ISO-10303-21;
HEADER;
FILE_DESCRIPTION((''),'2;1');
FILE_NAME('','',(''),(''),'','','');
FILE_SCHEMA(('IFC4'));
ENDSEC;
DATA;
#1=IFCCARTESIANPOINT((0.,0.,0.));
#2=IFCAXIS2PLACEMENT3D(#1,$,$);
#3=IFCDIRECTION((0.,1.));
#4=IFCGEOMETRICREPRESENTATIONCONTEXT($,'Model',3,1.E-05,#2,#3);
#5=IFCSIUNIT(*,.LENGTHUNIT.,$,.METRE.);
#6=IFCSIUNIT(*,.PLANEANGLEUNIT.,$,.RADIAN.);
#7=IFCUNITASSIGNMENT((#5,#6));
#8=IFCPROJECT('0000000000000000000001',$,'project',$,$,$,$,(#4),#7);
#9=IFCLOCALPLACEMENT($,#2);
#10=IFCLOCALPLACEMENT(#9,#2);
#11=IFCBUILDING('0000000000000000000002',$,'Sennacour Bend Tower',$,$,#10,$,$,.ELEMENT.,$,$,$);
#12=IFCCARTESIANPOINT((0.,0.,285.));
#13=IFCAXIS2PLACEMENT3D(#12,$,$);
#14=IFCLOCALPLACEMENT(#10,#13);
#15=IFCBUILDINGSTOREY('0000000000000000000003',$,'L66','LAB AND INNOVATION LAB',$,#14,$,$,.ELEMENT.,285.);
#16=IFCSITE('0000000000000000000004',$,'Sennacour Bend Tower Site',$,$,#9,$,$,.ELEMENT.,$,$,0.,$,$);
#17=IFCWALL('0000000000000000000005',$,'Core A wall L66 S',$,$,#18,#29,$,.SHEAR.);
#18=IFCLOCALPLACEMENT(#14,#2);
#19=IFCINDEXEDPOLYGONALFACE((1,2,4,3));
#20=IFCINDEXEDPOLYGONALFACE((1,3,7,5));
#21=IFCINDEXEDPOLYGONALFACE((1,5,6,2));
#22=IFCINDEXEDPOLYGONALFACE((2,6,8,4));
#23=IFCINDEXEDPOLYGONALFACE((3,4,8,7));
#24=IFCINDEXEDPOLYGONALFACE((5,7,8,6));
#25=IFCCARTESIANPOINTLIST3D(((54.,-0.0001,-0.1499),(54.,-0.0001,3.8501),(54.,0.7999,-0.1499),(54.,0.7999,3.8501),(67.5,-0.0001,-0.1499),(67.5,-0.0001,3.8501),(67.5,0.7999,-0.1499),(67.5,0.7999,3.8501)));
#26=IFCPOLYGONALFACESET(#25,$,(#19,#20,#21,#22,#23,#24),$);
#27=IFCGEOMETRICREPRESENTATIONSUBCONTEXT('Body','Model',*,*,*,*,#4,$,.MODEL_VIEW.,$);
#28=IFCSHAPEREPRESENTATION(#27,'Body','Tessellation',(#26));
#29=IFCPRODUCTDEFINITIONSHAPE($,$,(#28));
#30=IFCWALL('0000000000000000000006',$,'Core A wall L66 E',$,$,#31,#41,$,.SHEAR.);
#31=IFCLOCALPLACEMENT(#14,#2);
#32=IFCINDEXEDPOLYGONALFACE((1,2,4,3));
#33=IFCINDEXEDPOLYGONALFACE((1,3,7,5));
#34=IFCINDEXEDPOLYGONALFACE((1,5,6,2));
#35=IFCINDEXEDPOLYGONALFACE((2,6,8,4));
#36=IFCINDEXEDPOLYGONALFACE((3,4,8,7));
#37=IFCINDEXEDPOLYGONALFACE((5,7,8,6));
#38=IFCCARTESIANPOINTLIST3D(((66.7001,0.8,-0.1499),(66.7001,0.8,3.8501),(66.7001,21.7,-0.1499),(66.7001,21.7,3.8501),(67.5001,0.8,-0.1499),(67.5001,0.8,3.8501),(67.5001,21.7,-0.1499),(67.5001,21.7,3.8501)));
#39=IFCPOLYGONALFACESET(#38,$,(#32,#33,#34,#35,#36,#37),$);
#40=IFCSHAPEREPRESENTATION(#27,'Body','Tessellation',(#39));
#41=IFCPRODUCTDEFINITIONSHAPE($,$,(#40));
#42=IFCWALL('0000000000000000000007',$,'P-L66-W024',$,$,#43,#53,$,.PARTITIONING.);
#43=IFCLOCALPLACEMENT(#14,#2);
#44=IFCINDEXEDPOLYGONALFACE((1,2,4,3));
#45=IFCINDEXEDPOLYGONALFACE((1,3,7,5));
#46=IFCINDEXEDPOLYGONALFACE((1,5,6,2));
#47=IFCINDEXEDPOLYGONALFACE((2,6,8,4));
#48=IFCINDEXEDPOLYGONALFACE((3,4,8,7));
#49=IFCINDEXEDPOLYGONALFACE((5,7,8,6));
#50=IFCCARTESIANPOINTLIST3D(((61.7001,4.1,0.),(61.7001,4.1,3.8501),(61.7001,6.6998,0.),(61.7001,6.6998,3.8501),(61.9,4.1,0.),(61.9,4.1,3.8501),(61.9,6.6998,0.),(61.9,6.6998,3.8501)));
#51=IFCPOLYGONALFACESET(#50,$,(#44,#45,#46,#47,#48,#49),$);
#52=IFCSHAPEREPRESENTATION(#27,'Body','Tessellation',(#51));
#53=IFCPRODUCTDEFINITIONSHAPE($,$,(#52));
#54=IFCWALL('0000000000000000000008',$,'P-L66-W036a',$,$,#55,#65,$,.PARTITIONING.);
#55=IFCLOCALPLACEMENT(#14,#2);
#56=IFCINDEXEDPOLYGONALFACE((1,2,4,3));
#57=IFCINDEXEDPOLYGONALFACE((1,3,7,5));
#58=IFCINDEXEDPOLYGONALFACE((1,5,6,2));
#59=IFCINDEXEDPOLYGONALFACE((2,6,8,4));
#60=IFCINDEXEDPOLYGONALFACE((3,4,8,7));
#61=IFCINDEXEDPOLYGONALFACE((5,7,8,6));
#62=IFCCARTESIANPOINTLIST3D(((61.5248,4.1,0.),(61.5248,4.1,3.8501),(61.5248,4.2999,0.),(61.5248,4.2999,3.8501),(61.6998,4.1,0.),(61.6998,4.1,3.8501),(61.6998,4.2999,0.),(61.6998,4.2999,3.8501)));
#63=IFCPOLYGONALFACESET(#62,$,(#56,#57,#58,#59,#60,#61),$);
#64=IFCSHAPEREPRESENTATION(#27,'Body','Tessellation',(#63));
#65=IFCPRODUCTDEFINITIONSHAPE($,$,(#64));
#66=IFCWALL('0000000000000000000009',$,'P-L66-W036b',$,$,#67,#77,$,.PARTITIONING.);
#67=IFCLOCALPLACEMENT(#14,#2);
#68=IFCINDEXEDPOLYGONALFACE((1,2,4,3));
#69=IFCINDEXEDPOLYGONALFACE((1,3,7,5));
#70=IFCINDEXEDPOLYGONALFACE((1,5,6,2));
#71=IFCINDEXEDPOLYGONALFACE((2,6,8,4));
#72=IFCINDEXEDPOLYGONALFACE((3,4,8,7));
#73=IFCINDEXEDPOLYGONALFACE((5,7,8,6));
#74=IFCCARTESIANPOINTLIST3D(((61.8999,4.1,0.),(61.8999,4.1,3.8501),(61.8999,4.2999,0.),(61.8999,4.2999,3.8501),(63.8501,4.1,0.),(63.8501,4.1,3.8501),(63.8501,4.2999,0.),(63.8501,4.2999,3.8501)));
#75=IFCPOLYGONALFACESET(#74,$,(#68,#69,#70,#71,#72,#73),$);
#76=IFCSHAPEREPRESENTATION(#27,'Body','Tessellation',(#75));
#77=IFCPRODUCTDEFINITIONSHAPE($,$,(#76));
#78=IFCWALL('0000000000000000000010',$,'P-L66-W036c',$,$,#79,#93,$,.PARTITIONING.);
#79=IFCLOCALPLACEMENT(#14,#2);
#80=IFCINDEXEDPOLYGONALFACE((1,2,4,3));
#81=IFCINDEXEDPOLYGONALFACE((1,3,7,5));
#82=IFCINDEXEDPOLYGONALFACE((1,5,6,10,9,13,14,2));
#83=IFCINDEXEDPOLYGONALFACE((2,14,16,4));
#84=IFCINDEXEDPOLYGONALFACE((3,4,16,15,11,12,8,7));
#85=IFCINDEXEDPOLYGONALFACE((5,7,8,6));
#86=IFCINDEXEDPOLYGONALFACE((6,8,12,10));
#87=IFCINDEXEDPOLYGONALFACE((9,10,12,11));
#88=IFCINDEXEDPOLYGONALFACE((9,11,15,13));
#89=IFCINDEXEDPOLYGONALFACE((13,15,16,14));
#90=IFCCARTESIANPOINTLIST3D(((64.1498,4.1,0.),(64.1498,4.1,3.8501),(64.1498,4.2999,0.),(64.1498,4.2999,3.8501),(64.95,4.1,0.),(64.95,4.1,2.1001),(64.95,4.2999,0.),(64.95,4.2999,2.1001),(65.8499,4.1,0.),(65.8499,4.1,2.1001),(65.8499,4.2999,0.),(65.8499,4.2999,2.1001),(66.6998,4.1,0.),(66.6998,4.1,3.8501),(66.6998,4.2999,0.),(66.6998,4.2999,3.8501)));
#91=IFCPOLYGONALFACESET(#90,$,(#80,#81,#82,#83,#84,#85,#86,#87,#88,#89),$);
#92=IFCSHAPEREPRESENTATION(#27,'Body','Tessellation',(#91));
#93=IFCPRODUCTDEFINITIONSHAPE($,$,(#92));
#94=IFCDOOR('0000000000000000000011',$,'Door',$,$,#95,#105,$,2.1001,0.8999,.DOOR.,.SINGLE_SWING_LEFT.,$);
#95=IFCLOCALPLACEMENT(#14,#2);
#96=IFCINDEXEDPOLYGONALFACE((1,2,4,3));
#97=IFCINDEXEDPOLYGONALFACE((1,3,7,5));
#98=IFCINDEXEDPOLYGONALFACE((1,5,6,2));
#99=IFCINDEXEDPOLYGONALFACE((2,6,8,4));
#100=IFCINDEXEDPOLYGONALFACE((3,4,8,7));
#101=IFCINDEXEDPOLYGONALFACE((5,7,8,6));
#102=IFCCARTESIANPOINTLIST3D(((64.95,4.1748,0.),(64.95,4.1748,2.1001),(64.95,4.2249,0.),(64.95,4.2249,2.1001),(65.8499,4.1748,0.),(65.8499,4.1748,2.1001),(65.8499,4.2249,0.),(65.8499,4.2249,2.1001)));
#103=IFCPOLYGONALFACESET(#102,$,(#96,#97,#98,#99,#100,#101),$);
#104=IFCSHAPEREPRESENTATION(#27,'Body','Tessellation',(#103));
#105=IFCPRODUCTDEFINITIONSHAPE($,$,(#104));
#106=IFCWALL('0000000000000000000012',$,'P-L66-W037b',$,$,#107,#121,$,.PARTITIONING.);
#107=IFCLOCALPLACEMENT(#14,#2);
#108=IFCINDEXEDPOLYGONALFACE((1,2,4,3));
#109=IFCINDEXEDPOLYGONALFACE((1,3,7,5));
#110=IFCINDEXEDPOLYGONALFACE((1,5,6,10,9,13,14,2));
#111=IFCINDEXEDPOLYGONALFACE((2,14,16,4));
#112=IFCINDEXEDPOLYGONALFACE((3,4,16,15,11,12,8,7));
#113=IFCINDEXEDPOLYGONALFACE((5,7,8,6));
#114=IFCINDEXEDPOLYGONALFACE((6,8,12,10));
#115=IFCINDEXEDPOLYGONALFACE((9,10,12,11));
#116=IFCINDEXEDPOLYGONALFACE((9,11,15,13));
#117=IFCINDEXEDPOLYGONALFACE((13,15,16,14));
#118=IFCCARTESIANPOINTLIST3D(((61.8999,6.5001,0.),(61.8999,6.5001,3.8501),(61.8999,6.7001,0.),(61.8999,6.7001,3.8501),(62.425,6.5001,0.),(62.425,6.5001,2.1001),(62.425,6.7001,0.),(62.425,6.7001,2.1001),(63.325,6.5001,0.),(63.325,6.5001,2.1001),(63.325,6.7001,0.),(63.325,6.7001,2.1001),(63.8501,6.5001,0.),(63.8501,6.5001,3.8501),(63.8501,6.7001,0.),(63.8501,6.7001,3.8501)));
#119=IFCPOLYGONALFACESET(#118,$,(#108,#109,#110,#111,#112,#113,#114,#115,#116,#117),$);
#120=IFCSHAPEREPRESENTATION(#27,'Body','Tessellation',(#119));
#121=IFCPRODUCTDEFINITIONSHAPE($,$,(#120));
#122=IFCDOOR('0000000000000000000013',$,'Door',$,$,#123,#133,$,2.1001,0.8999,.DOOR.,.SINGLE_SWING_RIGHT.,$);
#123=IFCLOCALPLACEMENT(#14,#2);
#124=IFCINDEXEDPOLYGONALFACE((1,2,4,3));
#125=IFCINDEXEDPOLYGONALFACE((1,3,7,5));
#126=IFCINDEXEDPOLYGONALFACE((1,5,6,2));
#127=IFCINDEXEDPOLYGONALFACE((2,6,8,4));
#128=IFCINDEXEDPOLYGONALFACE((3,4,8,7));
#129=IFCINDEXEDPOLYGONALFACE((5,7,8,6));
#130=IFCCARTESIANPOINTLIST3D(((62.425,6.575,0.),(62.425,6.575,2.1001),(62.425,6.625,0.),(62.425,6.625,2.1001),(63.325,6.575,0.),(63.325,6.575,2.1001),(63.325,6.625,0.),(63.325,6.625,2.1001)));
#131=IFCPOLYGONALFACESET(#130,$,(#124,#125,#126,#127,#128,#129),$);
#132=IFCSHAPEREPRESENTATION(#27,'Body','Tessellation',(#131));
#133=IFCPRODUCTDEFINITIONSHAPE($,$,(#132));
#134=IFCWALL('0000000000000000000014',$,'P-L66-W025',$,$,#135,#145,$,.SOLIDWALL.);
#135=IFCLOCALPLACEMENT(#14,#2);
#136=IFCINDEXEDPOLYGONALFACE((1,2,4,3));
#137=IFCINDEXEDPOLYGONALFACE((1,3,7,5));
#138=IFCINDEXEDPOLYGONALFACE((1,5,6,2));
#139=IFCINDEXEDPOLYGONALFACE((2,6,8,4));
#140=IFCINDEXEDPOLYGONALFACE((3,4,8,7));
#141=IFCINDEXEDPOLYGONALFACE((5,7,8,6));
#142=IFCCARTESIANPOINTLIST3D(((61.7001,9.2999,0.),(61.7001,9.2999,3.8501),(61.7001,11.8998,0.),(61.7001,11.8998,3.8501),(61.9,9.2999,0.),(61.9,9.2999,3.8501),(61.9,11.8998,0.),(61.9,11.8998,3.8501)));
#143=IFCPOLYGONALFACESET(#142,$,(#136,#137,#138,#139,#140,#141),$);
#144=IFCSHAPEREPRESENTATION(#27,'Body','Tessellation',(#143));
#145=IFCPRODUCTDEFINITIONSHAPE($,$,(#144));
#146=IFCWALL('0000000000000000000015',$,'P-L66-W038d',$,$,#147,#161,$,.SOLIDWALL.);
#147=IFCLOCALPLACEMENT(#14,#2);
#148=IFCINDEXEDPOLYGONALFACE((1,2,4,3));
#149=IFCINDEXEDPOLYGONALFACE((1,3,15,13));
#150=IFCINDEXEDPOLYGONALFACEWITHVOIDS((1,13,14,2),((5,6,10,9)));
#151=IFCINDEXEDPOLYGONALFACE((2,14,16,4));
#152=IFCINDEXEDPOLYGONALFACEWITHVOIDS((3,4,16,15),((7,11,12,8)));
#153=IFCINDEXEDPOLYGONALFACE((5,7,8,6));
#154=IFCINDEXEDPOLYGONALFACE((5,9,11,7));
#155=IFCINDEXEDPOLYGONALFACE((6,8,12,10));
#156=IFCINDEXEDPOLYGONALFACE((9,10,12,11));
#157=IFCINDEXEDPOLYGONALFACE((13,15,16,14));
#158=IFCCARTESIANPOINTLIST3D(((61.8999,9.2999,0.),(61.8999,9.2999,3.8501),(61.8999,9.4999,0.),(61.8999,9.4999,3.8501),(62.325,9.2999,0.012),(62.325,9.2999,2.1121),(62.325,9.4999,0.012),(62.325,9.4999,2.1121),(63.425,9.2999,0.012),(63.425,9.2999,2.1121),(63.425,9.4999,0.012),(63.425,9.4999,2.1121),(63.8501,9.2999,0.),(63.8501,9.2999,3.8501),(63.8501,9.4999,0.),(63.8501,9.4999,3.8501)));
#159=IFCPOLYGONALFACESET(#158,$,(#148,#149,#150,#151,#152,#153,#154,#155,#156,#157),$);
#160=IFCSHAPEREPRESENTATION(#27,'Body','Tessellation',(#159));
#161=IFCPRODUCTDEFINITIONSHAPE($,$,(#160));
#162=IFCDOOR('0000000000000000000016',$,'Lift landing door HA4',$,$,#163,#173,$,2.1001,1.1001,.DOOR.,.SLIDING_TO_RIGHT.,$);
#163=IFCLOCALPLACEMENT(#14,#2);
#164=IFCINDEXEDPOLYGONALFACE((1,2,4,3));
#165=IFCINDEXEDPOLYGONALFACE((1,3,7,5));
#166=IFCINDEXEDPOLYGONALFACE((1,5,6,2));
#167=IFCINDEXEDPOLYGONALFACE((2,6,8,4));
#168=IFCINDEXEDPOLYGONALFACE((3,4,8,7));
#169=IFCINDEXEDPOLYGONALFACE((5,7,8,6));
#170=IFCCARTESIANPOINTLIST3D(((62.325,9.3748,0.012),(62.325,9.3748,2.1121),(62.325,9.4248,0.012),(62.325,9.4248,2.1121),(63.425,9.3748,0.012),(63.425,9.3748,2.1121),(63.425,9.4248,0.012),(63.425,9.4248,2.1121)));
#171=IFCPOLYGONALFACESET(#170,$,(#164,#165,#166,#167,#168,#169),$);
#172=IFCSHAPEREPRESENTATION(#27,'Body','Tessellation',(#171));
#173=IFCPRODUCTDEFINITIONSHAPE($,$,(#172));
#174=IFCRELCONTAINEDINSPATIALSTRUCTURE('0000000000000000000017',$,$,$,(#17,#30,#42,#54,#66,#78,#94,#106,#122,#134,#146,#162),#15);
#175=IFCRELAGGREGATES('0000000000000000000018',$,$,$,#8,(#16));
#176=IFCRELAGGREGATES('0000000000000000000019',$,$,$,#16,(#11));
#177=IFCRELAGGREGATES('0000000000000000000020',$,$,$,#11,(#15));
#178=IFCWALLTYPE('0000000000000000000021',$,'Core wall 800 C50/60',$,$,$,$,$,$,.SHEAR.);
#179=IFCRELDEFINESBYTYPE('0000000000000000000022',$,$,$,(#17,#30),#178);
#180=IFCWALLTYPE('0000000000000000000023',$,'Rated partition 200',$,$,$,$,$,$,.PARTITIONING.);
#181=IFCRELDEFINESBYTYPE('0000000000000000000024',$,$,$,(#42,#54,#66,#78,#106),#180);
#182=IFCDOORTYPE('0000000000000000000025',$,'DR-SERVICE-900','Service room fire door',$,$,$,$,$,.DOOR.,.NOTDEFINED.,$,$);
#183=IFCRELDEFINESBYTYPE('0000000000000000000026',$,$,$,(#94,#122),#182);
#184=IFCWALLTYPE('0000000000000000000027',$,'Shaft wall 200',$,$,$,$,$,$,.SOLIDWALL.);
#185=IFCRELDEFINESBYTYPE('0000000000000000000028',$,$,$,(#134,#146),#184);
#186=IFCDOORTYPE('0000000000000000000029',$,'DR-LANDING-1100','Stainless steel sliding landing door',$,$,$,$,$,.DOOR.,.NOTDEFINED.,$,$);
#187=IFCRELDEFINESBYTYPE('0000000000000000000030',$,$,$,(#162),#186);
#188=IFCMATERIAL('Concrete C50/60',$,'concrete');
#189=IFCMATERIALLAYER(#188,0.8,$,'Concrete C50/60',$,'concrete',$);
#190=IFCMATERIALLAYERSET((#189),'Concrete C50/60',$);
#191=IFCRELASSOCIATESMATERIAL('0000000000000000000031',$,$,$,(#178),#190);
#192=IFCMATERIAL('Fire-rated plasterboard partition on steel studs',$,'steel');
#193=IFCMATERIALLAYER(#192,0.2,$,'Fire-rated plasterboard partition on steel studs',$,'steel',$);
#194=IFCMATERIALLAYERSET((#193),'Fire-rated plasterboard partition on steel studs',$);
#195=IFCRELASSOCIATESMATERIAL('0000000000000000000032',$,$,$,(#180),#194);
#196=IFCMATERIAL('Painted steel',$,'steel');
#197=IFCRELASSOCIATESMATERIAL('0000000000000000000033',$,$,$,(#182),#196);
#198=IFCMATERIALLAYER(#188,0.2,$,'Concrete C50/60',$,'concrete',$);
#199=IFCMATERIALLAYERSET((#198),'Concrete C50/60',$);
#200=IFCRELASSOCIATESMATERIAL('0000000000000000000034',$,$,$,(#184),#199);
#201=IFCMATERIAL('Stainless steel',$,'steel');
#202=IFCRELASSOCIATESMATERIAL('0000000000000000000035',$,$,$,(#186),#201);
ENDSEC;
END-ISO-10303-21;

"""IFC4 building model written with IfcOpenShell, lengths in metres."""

from ifc_helpers import new_model, si_unit, direction, frame, frame_2d, origin, place, context, subcontext, project, spatial, rectangle, extrude, material, layer, layer_set, type_object, element, fill, save


model = new_model("IFC4")

# Units and contexts
model_context = context("Model", 3, precision=1e-05, world=origin(), true_north=direction((0.0, 1.0)))
body_context = subcontext(model_context, "Body", "Model", "MODEL_VIEW")
ifc_project = project(units=[si_unit("LENGTHUNIT", "METRE"), si_unit("PLANEANGLEUNIT", "RADIAN")], contexts=[model_context])

# Site, building, storey
site_placement = place(None, origin())
site = spatial("IfcSite", under=ifc_project, at=site_placement, Name="Sennacour Bend Tower Site", CompositionType="ELEMENT", RefElevation=0.0)
building_placement = place(site_placement, origin())
building = spatial("IfcBuilding", under=site, at=building_placement, Name="Sennacour Bend Tower", CompositionType="ELEMENT")
storey_placement = place(building_placement, frame((0.0, 0.0, 285.0)))
storey = spatial("IfcBuildingStorey", under=building, at=storey_placement, Name="L66", Description="LAB AND INNOVATION LAB", CompositionType="ELEMENT", Elevation=285.0)

# Walls
ifc_material_1 = material(Name="Concrete C50/60", Category="concrete")
ifc_layer_1 = layer(ifc_material_1, 0.8, Name="Concrete C50/60", Category="concrete")
ifc_layer_set_1 = layer_set([ifc_layer_1], Name="Concrete C50/60")
wall_type_1 = type_object("IfcWallType", Name="Core wall 800 C50/60", PredefinedType="SHEAR", material=ifc_layer_set_1)
wall_1_placement = place(storey_placement, frame((67.5, 0.3999, -0.1499), z_axis=(0.0, 0.0, 1.0), x_axis=(-1.0, 0.0, 0.0)))
element("IfcWall", 1, at=wall_1_placement, inside=storey, type_object=wall_type_1, Name="Core A wall L66 S", PredefinedType="SHEAR", context=body_context, shape_type="SweptSolid", body=[
    extrude(rectangle(XDim=13.5, YDim=0.8, at=frame_2d((6.75, 0.0))), origin(), (0.0, 0.0, 1.0), 4.0),
])
wall_2_placement = place(storey_placement, frame((67.1001, 0.8, -0.1499), z_axis=(0.0, 0.0, 1.0), x_axis=(0.0, 1.0, 0.0)))
element("IfcWall", 2, at=wall_2_placement, inside=storey, type_object=wall_type_1, Name="Core A wall L66 E", PredefinedType="SHEAR", context=body_context, shape_type="SweptSolid", body=[
    extrude(rectangle(XDim=20.8999, YDim=0.8, at=frame_2d((10.45, 0.0))), origin(), (0.0, 0.0, 1.0), 4.0),
])
ifc_material_2 = material(Name="Fire-rated plasterboard partition on steel studs", Category="steel")
ifc_layer_2 = layer(ifc_material_2, 0.2, Name="Fire-rated plasterboard partition on steel studs", Category="steel")
ifc_layer_set_2 = layer_set([ifc_layer_2], Name="Fire-rated plasterboard partition on steel studs")
wall_type_2 = type_object("IfcWallType", Name="Rated partition 200", PredefinedType="PARTITIONING", material=ifc_layer_set_2)
wall_3_placement = place(storey_placement, frame((61.8, 4.1001, 0.0), z_axis=(0.0, 0.0, 1.0), x_axis=(0.0, 1.0, 0.0)))
element("IfcWall", 3, at=wall_3_placement, inside=storey, type_object=wall_type_2, Name="P-L66-W024", PredefinedType="PARTITIONING", context=body_context, shape_type="SweptSolid", body=[
    extrude(rectangle(XDim=2.5999, YDim=0.2, at=frame_2d((1.2998, 0.0))), origin(), (0.0, 0.0, 1.0), 3.8501),
])
wall_4_placement = place(storey_placement, frame((61.5249, 4.2, 0.0), z_axis=(0.0, 0.0, 1.0), x_axis=(1.0, 0.0, 0.0)))
element("IfcWall", 4, at=wall_4_placement, inside=storey, type_object=wall_type_2, Name="P-L66-W036a", PredefinedType="PARTITIONING", context=body_context, shape_type="SweptSolid", body=[
    extrude(rectangle(XDim=0.175, YDim=0.2, at=frame_2d((0.0874, 0.0))), origin(), (0.0, 0.0, 1.0), 3.8501),
])
wall_5_placement = place(storey_placement, frame((61.8999, 4.2, 0.0), z_axis=(0.0, 0.0, 1.0), x_axis=(1.0, 0.0, 0.0)))
element("IfcWall", 5, at=wall_5_placement, inside=storey, type_object=wall_type_2, Name="P-L66-W036b", PredefinedType="PARTITIONING", context=body_context, shape_type="SweptSolid", body=[
    extrude(rectangle(XDim=1.9502, YDim=0.2, at=frame_2d((0.9751, 0.0))), origin(), (0.0, 0.0, 1.0), 3.8501),
])

# Walls, openings, doors
wall_6_placement = place(storey_placement, frame((64.1499, 4.2, 0.0), z_axis=(0.0, 0.0, 1.0), x_axis=(1.0, 0.0, 0.0)))
wall_6 = element("IfcWall", 6, at=wall_6_placement, inside=storey, type_object=wall_type_2, Name="P-L66-W036c", PredefinedType="PARTITIONING", context=body_context, shape_type="SweptSolid", body=[
    extrude(rectangle(XDim=2.55, YDim=0.2, at=frame_2d((1.2749, 0.0))), origin(), (0.0, 0.0, 1.0), 3.8501),
])
opening_1_placement = place(wall_6_placement, frame((0.8, 0.0, 0.0)))
opening_1 = element("IfcOpeningElement", 7, at=opening_1_placement, cuts=wall_6, PredefinedType="OPENING", context=body_context, shape_type="SweptSolid", body=[
    extrude(rectangle(XDim=0.8999, YDim=2.1001, at=frame_2d((0.45, 1.05))), frame((0.0, 0.1099, 0.0), z_axis=(0.0, -1.0, 0.0), x_axis=(1.0, 0.0, 0.0)), (0.0, 0.0, 1.0), 0.22),
])
ifc_material_3 = material(Name="Painted steel", Category="steel")
door_type_1 = type_object("IfcDoorType", Name="DR-SERVICE-900", Description="Service room fire door", OperationType="NOTDEFINED", PredefinedType="DOOR", material=ifc_material_3)
door_1_placement = place(opening_1_placement, origin())
door_1 = element("IfcDoor", 8, at=door_1_placement, inside=storey, type_object=door_type_1, Name="Door", OperationType="SINGLE_SWING_LEFT", OverallHeight=2.1001, OverallWidth=0.8999, PredefinedType="DOOR", context=body_context, shape_type="SweptSolid", body=[
    extrude(rectangle(XDim=0.8999, YDim=2.1001, at=frame_2d((0.45, 1.05))), frame((0.0, 0.0249, 0.0), z_axis=(0.0, -1.0, 0.0), x_axis=(1.0, 0.0, 0.0)), (0.0, 0.0, 1.0), 0.05),
])
fill(opening_1, door_1)
wall_7_placement = place(storey_placement, frame((61.8999, 6.6001, 0.0), z_axis=(0.0, 0.0, 1.0), x_axis=(1.0, 0.0, 0.0)))
wall_7 = element("IfcWall", 9, at=wall_7_placement, inside=storey, type_object=wall_type_2, Name="P-L66-W037b", PredefinedType="PARTITIONING", context=body_context, shape_type="SweptSolid", body=[
    extrude(rectangle(XDim=1.9502, YDim=0.2, at=frame_2d((0.9751, 0.0))), origin(), (0.0, 0.0, 1.0), 3.8501),
])
opening_2_placement = place(wall_7_placement, frame((0.5251, 0.0, 0.0)))
opening_2 = element("IfcOpeningElement", 10, at=opening_2_placement, cuts=wall_7, PredefinedType="OPENING", context=body_context, shape_type="SweptSolid", body=[
    extrude(rectangle(XDim=0.8999, YDim=2.1001, at=frame_2d((0.45, 1.05))), frame((0.0, 0.1099, 0.0), z_axis=(0.0, -1.0, 0.0), x_axis=(1.0, 0.0, 0.0)), (0.0, 0.0, 1.0), 0.22),
])
door_2_placement = place(opening_2_placement, origin())
door_2 = element("IfcDoor", 11, at=door_2_placement, inside=storey, type_object=door_type_1, Name="Door", OperationType="SINGLE_SWING_RIGHT", OverallHeight=2.1001, OverallWidth=0.8999, PredefinedType="DOOR", context=body_context, shape_type="SweptSolid", body=[
    extrude(rectangle(XDim=0.8999, YDim=2.1001, at=frame_2d((0.45, 1.05))), frame((0.0, 0.0249, 0.0), z_axis=(0.0, -1.0, 0.0), x_axis=(1.0, 0.0, 0.0)), (0.0, 0.0, 1.0), 0.05),
])
fill(opening_2, door_2)

# Wall
ifc_layer_3 = layer(ifc_material_1, 0.2, Name="Concrete C50/60", Category="concrete")
ifc_layer_set_3 = layer_set([ifc_layer_3], Name="Concrete C50/60")
wall_type_3 = type_object("IfcWallType", Name="Shaft wall 200", PredefinedType="SOLIDWALL", material=ifc_layer_set_3)
wall_8_placement = place(storey_placement, frame((61.8, 9.3, 0.0), z_axis=(0.0, 0.0, 1.0), x_axis=(0.0, 1.0, 0.0)))
element("IfcWall", 12, at=wall_8_placement, inside=storey, type_object=wall_type_3, Name="P-L66-W025", PredefinedType="SOLIDWALL", context=body_context, shape_type="SweptSolid", body=[
    extrude(rectangle(XDim=2.5999, YDim=0.2, at=frame_2d((1.2998, 0.0))), origin(), (0.0, 0.0, 1.0), 3.8501),
])

# Wall, opening, door
wall_9_placement = place(storey_placement, frame((61.8999, 9.3999, 0.0), z_axis=(0.0, 0.0, 1.0), x_axis=(1.0, 0.0, 0.0)))
wall_9 = element("IfcWall", 13, at=wall_9_placement, inside=storey, type_object=wall_type_3, Name="P-L66-W038d", PredefinedType="SOLIDWALL", context=body_context, shape_type="SweptSolid", body=[
    extrude(rectangle(XDim=1.9502, YDim=0.2, at=frame_2d((0.9751, 0.0))), origin(), (0.0, 0.0, 1.0), 3.8501),
])
opening_3_placement = place(wall_9_placement, frame((0.425, 0.0, 0.012)))
opening_3 = element("IfcOpeningElement", 14, at=opening_3_placement, cuts=wall_9, PredefinedType="OPENING", context=body_context, shape_type="SweptSolid", body=[
    extrude(rectangle(XDim=1.1001, YDim=2.1001, at=frame_2d((0.55, 1.05))), frame((0.0, 0.1099, 0.0), z_axis=(0.0, -1.0, 0.0), x_axis=(1.0, 0.0, 0.0)), (0.0, 0.0, 1.0), 0.22),
])
ifc_material_4 = material(Name="Stainless steel", Category="steel")
door_type_2 = type_object("IfcDoorType", Name="DR-LANDING-1100", Description="Stainless steel sliding landing door", OperationType="NOTDEFINED", PredefinedType="DOOR", material=ifc_material_4)
door_3_placement = place(opening_3_placement, origin())
door_3 = element("IfcDoor", 15, at=door_3_placement, inside=storey, type_object=door_type_2, Name="Lift landing door HA4", OperationType="SLIDING_TO_RIGHT", OverallHeight=2.1001, OverallWidth=1.1001, PredefinedType="DOOR", context=body_context, shape_type="SweptSolid", body=[
    extrude(rectangle(XDim=1.1001, YDim=2.1001, at=frame_2d((0.55, 1.05))), frame((0.0, 0.0249, 0.0), z_axis=(0.0, -1.0, 0.0), x_axis=(1.0, 0.0, 0.0)), (0.0, 0.0, 1.0), 0.05),
])
fill(opening_3, door_3)

save(model, "model.ifc")
